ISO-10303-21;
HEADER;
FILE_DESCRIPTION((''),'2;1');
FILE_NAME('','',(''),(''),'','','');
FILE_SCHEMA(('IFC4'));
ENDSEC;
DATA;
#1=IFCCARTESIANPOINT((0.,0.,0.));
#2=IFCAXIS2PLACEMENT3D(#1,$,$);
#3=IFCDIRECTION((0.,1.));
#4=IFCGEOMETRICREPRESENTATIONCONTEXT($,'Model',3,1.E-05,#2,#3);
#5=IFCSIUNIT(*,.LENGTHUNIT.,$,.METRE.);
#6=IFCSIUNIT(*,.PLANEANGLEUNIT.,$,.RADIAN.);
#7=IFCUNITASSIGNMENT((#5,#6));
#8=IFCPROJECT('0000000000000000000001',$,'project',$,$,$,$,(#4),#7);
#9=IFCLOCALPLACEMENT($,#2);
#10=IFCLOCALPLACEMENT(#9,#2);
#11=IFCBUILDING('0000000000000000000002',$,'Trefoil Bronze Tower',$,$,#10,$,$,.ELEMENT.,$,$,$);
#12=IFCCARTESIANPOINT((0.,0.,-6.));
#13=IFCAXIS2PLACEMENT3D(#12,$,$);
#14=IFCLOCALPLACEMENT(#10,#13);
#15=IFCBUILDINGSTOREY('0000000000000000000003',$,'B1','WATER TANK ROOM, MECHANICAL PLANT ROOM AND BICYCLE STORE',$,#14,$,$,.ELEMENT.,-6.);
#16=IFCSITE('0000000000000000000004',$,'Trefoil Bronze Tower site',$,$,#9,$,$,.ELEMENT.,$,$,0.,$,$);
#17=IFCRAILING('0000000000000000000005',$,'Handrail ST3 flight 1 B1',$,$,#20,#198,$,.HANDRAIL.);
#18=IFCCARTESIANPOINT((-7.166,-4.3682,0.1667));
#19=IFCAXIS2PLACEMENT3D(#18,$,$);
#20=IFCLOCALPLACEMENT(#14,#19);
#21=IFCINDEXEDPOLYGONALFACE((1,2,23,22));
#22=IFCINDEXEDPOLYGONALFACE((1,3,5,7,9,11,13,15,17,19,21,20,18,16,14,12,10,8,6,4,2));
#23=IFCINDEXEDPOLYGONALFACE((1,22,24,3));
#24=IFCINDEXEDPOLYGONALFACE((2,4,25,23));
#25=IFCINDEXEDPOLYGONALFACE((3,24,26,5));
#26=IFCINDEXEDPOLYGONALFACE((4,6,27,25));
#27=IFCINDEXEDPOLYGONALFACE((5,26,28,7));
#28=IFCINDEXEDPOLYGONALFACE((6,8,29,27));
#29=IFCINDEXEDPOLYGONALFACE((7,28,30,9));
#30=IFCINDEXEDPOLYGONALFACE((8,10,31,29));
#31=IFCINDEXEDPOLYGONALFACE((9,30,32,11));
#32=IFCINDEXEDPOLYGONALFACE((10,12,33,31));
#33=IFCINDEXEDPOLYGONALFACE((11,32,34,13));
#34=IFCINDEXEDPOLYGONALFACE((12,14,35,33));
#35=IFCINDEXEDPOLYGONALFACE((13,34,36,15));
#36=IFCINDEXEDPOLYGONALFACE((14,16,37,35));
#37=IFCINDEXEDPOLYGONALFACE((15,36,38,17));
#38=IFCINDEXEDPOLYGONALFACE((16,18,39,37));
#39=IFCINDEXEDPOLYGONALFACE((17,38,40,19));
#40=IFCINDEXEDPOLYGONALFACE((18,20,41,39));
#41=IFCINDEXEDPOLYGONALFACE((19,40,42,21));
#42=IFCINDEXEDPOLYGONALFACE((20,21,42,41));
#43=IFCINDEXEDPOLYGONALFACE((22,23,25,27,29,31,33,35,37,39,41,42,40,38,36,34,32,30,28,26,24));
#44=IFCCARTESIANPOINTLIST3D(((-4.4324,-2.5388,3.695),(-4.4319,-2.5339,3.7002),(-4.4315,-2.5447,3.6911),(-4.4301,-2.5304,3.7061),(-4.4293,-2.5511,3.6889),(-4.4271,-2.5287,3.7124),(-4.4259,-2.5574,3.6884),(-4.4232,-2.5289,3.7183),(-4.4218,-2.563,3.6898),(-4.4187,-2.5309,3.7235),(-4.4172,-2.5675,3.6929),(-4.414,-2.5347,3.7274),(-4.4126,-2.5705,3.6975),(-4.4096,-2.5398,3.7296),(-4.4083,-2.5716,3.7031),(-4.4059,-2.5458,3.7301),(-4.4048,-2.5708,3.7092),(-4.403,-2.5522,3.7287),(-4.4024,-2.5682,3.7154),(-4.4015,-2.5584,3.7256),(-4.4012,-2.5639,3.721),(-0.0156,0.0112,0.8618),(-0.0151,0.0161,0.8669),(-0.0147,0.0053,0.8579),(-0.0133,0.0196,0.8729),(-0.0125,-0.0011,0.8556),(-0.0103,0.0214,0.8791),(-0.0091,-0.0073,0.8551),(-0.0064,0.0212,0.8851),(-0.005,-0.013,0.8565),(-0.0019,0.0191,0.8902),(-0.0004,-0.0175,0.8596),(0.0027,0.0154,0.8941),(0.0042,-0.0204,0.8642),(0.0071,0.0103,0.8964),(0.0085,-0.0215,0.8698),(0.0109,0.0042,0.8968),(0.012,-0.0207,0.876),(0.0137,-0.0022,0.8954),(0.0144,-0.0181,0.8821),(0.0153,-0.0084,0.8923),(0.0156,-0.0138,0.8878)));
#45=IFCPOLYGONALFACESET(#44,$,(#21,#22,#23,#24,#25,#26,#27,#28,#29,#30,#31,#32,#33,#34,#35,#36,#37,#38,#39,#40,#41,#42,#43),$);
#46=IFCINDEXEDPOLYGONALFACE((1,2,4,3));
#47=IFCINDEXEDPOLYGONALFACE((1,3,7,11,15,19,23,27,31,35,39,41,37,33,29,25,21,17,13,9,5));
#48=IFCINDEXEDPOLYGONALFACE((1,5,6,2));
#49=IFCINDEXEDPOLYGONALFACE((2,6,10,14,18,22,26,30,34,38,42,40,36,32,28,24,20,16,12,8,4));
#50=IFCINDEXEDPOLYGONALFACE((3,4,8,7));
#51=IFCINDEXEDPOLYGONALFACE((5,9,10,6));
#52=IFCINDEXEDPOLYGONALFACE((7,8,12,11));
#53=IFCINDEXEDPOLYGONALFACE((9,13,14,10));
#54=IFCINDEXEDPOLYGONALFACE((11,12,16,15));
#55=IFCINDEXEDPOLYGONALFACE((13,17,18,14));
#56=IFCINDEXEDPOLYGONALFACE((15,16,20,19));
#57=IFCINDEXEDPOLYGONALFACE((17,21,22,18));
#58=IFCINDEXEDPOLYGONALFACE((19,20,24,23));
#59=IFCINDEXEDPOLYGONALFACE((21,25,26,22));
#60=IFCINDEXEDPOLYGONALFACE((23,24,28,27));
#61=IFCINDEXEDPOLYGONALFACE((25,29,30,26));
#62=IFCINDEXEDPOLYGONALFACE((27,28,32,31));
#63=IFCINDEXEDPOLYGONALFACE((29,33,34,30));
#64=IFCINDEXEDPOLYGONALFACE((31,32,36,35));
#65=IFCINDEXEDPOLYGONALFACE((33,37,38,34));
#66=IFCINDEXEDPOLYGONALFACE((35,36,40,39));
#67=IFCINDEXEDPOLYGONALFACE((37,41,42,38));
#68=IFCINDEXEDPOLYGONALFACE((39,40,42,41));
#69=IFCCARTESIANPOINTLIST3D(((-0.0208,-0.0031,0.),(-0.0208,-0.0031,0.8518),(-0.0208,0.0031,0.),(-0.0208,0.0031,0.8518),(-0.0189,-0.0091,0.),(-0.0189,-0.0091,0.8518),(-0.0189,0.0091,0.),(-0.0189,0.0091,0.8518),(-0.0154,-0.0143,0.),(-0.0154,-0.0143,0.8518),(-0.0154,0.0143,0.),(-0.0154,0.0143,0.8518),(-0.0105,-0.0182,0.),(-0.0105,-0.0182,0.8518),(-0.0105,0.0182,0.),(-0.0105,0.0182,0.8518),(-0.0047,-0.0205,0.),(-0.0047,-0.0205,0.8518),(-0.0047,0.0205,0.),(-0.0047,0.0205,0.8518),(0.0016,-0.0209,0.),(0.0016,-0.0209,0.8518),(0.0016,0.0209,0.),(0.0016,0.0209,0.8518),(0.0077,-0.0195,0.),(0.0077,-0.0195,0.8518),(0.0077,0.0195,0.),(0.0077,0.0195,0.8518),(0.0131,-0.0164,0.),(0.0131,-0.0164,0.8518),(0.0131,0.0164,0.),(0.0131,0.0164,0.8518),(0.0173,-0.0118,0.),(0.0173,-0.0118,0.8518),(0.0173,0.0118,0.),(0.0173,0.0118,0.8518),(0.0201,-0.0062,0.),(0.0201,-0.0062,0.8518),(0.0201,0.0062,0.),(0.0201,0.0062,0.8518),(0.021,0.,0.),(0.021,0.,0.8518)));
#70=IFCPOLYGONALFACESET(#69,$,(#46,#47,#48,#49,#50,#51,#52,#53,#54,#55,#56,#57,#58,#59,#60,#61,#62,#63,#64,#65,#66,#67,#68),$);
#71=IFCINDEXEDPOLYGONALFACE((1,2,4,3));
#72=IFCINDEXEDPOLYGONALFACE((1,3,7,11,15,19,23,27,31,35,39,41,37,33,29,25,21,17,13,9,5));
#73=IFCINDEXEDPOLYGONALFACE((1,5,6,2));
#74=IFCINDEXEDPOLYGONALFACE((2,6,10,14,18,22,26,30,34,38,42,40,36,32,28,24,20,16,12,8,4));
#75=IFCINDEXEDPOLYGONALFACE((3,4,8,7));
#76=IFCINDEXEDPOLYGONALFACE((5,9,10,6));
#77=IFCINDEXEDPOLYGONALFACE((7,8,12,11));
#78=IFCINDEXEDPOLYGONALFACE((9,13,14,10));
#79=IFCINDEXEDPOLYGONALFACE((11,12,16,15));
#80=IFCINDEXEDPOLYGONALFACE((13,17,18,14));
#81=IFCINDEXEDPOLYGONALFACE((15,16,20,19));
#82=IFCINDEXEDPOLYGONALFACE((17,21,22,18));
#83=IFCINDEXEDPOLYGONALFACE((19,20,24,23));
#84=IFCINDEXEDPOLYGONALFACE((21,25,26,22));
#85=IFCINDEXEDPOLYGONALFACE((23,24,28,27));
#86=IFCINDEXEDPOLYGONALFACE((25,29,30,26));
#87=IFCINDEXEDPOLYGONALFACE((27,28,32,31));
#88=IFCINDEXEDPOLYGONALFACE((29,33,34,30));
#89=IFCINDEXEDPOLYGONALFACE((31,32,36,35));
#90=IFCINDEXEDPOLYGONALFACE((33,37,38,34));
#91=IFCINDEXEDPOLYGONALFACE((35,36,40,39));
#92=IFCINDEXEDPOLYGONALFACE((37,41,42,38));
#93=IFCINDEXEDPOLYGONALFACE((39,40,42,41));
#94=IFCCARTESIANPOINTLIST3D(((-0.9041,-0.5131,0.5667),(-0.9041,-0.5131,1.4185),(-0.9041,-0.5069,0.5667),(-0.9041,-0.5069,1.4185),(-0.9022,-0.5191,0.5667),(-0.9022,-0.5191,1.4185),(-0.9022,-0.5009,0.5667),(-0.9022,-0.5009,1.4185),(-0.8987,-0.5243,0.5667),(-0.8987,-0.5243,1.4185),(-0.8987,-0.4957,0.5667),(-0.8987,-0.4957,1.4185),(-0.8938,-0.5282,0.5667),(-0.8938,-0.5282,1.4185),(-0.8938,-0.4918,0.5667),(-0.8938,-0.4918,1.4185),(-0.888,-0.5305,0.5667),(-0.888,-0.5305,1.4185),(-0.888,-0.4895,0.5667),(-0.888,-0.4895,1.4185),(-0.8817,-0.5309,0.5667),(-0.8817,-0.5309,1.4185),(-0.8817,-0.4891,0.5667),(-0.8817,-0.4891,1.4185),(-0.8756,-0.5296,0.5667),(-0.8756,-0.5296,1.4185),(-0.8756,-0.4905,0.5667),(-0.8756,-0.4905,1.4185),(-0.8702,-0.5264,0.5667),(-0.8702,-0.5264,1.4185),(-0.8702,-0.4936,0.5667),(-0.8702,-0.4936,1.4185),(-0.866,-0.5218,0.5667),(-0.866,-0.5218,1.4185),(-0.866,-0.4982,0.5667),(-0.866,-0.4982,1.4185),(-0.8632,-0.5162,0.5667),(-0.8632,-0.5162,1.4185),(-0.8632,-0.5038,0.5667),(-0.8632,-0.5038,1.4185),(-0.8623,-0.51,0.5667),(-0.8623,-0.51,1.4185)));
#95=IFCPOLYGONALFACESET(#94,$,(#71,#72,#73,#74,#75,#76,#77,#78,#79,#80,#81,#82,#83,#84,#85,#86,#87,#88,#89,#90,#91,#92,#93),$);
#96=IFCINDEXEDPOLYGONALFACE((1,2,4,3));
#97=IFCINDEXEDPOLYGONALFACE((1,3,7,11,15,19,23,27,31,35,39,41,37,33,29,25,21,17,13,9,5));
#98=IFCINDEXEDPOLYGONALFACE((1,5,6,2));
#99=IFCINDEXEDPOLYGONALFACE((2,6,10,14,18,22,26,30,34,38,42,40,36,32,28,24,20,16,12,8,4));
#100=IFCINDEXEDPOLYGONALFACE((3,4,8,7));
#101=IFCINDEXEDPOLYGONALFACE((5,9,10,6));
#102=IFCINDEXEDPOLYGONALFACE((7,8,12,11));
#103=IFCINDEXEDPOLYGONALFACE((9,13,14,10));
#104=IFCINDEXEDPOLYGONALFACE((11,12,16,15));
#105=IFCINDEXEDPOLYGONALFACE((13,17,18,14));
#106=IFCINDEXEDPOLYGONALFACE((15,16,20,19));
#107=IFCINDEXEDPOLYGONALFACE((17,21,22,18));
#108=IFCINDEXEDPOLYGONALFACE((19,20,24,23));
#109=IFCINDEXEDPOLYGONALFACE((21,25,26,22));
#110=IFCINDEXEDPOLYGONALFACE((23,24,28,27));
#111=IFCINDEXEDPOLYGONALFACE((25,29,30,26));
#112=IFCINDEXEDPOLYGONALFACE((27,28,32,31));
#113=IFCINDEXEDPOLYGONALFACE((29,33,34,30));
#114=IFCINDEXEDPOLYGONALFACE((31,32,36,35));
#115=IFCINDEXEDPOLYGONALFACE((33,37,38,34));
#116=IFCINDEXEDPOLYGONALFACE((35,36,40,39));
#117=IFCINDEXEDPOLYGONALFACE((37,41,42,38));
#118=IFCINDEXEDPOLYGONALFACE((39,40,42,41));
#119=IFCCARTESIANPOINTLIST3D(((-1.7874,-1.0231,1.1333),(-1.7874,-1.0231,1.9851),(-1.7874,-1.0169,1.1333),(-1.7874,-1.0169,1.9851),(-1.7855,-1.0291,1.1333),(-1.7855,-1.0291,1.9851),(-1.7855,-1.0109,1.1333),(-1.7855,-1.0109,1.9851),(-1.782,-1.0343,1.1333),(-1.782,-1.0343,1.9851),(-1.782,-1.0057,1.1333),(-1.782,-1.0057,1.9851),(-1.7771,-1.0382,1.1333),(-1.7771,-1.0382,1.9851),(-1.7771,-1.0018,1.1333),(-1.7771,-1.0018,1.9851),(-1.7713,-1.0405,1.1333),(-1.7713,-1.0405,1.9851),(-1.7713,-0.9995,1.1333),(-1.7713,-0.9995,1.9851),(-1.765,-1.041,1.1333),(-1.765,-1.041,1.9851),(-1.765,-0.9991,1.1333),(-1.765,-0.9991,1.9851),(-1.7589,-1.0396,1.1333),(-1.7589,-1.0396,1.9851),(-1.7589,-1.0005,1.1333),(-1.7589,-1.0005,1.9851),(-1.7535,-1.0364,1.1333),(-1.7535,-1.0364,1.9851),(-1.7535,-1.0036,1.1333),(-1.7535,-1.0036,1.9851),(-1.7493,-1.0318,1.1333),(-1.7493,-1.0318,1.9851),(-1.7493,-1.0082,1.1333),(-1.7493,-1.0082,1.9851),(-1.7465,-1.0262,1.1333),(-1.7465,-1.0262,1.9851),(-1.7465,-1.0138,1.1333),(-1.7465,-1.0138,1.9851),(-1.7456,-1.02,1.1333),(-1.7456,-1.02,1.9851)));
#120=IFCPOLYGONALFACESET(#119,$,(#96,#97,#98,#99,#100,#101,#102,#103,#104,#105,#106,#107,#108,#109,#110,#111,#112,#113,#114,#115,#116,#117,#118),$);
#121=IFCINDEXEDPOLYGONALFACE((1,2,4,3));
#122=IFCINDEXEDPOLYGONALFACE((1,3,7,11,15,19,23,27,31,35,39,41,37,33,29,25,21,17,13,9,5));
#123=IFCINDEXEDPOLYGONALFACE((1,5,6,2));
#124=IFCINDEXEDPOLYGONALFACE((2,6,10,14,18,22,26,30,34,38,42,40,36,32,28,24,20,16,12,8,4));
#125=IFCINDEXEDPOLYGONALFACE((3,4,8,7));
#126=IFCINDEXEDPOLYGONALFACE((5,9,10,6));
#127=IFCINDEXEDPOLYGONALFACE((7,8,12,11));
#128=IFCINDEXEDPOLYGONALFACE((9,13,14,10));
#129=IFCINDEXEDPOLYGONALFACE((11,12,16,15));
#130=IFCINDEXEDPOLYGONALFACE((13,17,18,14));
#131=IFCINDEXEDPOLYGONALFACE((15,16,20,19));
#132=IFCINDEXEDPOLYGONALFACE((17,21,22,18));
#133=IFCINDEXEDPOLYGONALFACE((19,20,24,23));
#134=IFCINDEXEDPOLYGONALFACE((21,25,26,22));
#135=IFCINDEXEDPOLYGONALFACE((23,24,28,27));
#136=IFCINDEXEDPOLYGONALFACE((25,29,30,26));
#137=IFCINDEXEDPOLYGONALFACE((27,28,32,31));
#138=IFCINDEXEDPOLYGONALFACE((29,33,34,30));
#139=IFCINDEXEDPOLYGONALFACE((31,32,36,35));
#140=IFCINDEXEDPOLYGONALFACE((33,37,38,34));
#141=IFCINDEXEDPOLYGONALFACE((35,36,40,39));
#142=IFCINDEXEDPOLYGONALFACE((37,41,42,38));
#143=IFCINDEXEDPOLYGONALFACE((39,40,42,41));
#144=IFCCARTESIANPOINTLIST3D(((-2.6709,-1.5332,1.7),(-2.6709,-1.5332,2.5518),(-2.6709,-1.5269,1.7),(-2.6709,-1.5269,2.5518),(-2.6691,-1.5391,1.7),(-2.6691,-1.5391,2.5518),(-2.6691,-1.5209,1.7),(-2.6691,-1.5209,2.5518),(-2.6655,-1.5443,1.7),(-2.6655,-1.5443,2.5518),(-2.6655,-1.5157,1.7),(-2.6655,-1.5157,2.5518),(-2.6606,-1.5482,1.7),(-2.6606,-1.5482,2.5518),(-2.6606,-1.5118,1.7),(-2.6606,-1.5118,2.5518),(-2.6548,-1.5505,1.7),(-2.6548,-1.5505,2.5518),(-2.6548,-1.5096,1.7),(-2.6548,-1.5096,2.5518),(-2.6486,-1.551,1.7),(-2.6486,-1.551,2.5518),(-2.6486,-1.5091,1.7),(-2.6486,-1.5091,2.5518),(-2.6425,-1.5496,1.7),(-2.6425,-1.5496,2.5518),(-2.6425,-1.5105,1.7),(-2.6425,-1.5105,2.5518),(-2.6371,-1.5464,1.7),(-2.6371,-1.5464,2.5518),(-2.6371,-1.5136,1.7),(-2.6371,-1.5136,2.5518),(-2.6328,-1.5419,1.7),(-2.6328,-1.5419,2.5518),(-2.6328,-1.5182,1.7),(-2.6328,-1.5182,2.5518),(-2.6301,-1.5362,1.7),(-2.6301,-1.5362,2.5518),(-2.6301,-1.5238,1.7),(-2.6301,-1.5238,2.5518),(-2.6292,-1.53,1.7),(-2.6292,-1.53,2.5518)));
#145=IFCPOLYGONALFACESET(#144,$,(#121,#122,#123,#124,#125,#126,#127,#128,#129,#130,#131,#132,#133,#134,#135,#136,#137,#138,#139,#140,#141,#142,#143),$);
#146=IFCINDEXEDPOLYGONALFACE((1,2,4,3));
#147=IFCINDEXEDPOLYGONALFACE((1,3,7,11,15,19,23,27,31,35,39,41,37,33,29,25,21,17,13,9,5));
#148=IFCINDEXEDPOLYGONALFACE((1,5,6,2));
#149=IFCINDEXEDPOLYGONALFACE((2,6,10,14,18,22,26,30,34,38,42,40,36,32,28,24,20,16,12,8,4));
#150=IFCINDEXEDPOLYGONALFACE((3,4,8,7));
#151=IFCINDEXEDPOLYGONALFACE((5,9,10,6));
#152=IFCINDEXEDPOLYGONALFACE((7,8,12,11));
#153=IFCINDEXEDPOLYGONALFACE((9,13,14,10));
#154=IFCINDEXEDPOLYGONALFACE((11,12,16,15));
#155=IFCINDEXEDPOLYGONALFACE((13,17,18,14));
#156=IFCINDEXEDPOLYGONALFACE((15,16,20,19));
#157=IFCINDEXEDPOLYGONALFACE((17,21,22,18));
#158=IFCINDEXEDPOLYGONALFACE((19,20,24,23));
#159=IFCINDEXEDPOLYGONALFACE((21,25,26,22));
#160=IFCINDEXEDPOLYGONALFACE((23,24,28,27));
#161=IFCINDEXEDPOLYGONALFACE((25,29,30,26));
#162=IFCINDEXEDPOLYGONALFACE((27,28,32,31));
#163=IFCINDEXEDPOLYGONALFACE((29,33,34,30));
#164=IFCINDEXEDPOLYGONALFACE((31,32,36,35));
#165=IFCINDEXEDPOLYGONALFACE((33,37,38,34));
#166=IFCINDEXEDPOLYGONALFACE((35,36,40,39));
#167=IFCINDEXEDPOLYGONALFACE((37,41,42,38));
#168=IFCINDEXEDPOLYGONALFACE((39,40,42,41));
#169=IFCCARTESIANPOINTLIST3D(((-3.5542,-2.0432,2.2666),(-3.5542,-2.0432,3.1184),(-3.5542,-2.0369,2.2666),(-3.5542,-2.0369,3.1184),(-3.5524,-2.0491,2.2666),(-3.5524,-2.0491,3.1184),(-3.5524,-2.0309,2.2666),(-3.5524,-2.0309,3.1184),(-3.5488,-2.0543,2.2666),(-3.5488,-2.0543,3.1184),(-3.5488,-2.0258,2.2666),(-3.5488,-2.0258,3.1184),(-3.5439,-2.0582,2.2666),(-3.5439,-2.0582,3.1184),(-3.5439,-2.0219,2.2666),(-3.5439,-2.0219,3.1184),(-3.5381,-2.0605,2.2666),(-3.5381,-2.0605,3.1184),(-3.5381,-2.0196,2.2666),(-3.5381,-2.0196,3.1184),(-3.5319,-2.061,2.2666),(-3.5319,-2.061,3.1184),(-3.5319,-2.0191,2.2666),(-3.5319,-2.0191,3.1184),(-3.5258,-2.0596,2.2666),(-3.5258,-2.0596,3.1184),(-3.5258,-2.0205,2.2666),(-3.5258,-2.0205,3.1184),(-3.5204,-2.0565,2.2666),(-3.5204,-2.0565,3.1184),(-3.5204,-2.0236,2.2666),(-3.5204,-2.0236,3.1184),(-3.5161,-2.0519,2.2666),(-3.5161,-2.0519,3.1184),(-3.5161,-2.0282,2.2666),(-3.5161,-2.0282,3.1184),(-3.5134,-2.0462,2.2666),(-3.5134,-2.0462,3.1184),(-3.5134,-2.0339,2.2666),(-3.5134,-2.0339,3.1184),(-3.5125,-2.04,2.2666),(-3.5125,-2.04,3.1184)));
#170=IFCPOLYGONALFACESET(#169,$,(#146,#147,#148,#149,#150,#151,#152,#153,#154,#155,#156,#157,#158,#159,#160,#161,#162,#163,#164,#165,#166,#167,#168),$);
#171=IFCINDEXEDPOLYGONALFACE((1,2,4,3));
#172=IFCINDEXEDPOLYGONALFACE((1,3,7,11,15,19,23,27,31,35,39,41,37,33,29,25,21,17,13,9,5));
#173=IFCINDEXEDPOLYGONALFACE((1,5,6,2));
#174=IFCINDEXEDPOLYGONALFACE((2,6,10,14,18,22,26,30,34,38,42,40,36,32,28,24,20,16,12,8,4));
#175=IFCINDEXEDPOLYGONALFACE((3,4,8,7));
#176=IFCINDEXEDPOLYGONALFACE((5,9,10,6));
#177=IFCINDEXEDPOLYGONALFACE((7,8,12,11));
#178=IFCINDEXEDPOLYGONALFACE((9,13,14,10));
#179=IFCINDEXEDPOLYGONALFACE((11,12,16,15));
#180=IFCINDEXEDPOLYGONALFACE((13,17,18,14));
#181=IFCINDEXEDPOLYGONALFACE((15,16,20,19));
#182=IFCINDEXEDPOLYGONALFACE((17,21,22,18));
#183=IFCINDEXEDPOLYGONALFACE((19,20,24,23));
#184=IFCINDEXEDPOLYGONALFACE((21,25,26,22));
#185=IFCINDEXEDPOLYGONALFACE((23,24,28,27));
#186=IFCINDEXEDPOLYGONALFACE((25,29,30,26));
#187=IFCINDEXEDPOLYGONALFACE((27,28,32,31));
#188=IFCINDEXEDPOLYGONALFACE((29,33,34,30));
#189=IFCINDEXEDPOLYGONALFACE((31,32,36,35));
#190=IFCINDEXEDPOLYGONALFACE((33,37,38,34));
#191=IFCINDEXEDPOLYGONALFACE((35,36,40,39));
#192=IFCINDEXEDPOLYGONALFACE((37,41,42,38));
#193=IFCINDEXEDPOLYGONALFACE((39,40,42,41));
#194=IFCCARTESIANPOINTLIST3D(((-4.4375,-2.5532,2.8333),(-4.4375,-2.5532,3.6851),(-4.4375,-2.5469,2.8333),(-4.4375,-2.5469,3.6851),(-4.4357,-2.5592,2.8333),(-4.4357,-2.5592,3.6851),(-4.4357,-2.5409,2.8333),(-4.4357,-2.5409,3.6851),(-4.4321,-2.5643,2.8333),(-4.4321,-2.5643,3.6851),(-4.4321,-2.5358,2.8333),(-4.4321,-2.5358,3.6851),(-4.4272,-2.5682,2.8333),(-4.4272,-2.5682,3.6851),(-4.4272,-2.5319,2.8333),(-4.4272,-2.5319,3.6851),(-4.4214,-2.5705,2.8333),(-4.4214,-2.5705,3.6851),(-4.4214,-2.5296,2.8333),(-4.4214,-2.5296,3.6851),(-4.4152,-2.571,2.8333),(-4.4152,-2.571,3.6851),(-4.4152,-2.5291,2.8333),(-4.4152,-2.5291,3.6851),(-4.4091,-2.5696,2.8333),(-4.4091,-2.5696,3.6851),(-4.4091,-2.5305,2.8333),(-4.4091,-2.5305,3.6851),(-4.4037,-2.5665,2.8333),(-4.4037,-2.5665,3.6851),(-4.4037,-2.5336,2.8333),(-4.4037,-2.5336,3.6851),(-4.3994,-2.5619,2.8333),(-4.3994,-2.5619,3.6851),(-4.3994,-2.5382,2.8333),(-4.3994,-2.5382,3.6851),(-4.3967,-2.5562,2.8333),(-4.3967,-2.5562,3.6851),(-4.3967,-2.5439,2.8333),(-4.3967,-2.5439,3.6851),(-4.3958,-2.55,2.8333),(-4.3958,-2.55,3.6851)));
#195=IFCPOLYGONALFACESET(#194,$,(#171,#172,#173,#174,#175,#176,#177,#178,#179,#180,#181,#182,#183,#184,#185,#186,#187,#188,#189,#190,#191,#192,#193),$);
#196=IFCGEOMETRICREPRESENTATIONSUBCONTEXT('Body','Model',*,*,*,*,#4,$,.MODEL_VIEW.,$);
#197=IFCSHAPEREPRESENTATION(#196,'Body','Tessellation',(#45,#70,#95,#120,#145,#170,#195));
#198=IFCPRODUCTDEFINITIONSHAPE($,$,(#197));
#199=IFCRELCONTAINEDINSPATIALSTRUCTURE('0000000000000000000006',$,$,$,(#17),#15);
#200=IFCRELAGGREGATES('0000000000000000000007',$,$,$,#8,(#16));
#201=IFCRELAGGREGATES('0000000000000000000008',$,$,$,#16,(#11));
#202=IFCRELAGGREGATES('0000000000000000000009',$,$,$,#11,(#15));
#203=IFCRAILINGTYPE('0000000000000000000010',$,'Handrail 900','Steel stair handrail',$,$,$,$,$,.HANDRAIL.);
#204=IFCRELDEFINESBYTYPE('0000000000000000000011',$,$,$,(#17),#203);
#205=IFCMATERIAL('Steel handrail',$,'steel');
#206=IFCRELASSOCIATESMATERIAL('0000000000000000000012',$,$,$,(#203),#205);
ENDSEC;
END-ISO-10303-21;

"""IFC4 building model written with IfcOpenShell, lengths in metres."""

from ifc_helpers import new_model, si_unit, direction, frame, origin, origin_2d, place, context, subcontext, project, spatial, circle, extrude, material, type_object, element, save


model = new_model("IFC4")

# Units and contexts
model_context = context("Model", 3, precision=1e-05, world=origin(), true_north=direction((0.0, 1.0)))
body_context = subcontext(model_context, "Body", "Model", "MODEL_VIEW")
ifc_project = project(units=[si_unit("LENGTHUNIT", "METRE"), si_unit("PLANEANGLEUNIT", "RADIAN")], contexts=[model_context])

# Site, building, storey
site_placement = place(None, origin())
site = spatial("IfcSite", under=ifc_project, at=site_placement, Name="Trefoil Bronze Tower site", CompositionType="ELEMENT", RefElevation=0.0)
building_placement = place(site_placement, origin())
building = spatial("IfcBuilding", under=site, at=building_placement, Name="Trefoil Bronze Tower", CompositionType="ELEMENT")
storey_placement = place(building_placement, frame((0.0, 0.0, -6.0)))
storey = spatial("IfcBuildingStorey", under=building, at=storey_placement, Name="B1", Description="WATER TANK ROOM, MECHANICAL PLANT ROOM AND BICYCLE STORE", CompositionType="ELEMENT", Elevation=-6.0)

# Railing
ifc_material_1 = material(Name="Steel handrail", Category="steel")
railing_type = type_object("IfcRailingType", Name="Handrail 900", Description="Steel stair handrail", PredefinedType="HANDRAIL", material=ifc_material_1)
railing_1_placement = place(storey_placement, frame((-7.166, -4.3682, 0.1667)))
element("IfcRailing", 1, at=railing_1_placement, inside=storey, type_object=railing_type, Name="Handrail ST3 flight 1 B1", PredefinedType="HANDRAIL", context=body_context, shape_type="SweptSolid", body=[
    extrude(circle(Radius=0.0239, at=origin_2d()), frame((0.0, 0.0, 0.876), z_axis=(-0.757046, -0.437087, 0.485629), x_axis=(0.500006, -0.866022, 0.0)), (0.0, 0.0, 1.0), 5.8342),
    extrude(circle(Radius=0.021, at=origin_2d()), origin(), (0.0, 0.0, 1.0), 0.8518),
    extrude(circle(Radius=0.021, at=origin_2d()), frame((-0.8833, -0.51, 0.5667)), (0.0, 0.0, 1.0), 0.8518),
    extrude(circle(Radius=0.021, at=origin_2d()), frame((-1.7666, -1.02, 1.1333)), (0.0, 0.0, 1.0), 0.8518),
    extrude(circle(Radius=0.021, at=origin_2d()), frame((-2.6501, -1.53, 1.7)), (0.0, 0.0, 1.0), 0.8518),
    extrude(circle(Radius=0.021, at=origin_2d()), frame((-3.5334, -2.04, 2.2666)), (0.0, 0.0, 1.0), 0.8518),
    extrude(circle(Radius=0.021, at=origin_2d()), frame((-4.4167, -2.55, 2.8333)), (0.0, 0.0, 1.0), 0.8518),
])

save(model, "model.ifc")
